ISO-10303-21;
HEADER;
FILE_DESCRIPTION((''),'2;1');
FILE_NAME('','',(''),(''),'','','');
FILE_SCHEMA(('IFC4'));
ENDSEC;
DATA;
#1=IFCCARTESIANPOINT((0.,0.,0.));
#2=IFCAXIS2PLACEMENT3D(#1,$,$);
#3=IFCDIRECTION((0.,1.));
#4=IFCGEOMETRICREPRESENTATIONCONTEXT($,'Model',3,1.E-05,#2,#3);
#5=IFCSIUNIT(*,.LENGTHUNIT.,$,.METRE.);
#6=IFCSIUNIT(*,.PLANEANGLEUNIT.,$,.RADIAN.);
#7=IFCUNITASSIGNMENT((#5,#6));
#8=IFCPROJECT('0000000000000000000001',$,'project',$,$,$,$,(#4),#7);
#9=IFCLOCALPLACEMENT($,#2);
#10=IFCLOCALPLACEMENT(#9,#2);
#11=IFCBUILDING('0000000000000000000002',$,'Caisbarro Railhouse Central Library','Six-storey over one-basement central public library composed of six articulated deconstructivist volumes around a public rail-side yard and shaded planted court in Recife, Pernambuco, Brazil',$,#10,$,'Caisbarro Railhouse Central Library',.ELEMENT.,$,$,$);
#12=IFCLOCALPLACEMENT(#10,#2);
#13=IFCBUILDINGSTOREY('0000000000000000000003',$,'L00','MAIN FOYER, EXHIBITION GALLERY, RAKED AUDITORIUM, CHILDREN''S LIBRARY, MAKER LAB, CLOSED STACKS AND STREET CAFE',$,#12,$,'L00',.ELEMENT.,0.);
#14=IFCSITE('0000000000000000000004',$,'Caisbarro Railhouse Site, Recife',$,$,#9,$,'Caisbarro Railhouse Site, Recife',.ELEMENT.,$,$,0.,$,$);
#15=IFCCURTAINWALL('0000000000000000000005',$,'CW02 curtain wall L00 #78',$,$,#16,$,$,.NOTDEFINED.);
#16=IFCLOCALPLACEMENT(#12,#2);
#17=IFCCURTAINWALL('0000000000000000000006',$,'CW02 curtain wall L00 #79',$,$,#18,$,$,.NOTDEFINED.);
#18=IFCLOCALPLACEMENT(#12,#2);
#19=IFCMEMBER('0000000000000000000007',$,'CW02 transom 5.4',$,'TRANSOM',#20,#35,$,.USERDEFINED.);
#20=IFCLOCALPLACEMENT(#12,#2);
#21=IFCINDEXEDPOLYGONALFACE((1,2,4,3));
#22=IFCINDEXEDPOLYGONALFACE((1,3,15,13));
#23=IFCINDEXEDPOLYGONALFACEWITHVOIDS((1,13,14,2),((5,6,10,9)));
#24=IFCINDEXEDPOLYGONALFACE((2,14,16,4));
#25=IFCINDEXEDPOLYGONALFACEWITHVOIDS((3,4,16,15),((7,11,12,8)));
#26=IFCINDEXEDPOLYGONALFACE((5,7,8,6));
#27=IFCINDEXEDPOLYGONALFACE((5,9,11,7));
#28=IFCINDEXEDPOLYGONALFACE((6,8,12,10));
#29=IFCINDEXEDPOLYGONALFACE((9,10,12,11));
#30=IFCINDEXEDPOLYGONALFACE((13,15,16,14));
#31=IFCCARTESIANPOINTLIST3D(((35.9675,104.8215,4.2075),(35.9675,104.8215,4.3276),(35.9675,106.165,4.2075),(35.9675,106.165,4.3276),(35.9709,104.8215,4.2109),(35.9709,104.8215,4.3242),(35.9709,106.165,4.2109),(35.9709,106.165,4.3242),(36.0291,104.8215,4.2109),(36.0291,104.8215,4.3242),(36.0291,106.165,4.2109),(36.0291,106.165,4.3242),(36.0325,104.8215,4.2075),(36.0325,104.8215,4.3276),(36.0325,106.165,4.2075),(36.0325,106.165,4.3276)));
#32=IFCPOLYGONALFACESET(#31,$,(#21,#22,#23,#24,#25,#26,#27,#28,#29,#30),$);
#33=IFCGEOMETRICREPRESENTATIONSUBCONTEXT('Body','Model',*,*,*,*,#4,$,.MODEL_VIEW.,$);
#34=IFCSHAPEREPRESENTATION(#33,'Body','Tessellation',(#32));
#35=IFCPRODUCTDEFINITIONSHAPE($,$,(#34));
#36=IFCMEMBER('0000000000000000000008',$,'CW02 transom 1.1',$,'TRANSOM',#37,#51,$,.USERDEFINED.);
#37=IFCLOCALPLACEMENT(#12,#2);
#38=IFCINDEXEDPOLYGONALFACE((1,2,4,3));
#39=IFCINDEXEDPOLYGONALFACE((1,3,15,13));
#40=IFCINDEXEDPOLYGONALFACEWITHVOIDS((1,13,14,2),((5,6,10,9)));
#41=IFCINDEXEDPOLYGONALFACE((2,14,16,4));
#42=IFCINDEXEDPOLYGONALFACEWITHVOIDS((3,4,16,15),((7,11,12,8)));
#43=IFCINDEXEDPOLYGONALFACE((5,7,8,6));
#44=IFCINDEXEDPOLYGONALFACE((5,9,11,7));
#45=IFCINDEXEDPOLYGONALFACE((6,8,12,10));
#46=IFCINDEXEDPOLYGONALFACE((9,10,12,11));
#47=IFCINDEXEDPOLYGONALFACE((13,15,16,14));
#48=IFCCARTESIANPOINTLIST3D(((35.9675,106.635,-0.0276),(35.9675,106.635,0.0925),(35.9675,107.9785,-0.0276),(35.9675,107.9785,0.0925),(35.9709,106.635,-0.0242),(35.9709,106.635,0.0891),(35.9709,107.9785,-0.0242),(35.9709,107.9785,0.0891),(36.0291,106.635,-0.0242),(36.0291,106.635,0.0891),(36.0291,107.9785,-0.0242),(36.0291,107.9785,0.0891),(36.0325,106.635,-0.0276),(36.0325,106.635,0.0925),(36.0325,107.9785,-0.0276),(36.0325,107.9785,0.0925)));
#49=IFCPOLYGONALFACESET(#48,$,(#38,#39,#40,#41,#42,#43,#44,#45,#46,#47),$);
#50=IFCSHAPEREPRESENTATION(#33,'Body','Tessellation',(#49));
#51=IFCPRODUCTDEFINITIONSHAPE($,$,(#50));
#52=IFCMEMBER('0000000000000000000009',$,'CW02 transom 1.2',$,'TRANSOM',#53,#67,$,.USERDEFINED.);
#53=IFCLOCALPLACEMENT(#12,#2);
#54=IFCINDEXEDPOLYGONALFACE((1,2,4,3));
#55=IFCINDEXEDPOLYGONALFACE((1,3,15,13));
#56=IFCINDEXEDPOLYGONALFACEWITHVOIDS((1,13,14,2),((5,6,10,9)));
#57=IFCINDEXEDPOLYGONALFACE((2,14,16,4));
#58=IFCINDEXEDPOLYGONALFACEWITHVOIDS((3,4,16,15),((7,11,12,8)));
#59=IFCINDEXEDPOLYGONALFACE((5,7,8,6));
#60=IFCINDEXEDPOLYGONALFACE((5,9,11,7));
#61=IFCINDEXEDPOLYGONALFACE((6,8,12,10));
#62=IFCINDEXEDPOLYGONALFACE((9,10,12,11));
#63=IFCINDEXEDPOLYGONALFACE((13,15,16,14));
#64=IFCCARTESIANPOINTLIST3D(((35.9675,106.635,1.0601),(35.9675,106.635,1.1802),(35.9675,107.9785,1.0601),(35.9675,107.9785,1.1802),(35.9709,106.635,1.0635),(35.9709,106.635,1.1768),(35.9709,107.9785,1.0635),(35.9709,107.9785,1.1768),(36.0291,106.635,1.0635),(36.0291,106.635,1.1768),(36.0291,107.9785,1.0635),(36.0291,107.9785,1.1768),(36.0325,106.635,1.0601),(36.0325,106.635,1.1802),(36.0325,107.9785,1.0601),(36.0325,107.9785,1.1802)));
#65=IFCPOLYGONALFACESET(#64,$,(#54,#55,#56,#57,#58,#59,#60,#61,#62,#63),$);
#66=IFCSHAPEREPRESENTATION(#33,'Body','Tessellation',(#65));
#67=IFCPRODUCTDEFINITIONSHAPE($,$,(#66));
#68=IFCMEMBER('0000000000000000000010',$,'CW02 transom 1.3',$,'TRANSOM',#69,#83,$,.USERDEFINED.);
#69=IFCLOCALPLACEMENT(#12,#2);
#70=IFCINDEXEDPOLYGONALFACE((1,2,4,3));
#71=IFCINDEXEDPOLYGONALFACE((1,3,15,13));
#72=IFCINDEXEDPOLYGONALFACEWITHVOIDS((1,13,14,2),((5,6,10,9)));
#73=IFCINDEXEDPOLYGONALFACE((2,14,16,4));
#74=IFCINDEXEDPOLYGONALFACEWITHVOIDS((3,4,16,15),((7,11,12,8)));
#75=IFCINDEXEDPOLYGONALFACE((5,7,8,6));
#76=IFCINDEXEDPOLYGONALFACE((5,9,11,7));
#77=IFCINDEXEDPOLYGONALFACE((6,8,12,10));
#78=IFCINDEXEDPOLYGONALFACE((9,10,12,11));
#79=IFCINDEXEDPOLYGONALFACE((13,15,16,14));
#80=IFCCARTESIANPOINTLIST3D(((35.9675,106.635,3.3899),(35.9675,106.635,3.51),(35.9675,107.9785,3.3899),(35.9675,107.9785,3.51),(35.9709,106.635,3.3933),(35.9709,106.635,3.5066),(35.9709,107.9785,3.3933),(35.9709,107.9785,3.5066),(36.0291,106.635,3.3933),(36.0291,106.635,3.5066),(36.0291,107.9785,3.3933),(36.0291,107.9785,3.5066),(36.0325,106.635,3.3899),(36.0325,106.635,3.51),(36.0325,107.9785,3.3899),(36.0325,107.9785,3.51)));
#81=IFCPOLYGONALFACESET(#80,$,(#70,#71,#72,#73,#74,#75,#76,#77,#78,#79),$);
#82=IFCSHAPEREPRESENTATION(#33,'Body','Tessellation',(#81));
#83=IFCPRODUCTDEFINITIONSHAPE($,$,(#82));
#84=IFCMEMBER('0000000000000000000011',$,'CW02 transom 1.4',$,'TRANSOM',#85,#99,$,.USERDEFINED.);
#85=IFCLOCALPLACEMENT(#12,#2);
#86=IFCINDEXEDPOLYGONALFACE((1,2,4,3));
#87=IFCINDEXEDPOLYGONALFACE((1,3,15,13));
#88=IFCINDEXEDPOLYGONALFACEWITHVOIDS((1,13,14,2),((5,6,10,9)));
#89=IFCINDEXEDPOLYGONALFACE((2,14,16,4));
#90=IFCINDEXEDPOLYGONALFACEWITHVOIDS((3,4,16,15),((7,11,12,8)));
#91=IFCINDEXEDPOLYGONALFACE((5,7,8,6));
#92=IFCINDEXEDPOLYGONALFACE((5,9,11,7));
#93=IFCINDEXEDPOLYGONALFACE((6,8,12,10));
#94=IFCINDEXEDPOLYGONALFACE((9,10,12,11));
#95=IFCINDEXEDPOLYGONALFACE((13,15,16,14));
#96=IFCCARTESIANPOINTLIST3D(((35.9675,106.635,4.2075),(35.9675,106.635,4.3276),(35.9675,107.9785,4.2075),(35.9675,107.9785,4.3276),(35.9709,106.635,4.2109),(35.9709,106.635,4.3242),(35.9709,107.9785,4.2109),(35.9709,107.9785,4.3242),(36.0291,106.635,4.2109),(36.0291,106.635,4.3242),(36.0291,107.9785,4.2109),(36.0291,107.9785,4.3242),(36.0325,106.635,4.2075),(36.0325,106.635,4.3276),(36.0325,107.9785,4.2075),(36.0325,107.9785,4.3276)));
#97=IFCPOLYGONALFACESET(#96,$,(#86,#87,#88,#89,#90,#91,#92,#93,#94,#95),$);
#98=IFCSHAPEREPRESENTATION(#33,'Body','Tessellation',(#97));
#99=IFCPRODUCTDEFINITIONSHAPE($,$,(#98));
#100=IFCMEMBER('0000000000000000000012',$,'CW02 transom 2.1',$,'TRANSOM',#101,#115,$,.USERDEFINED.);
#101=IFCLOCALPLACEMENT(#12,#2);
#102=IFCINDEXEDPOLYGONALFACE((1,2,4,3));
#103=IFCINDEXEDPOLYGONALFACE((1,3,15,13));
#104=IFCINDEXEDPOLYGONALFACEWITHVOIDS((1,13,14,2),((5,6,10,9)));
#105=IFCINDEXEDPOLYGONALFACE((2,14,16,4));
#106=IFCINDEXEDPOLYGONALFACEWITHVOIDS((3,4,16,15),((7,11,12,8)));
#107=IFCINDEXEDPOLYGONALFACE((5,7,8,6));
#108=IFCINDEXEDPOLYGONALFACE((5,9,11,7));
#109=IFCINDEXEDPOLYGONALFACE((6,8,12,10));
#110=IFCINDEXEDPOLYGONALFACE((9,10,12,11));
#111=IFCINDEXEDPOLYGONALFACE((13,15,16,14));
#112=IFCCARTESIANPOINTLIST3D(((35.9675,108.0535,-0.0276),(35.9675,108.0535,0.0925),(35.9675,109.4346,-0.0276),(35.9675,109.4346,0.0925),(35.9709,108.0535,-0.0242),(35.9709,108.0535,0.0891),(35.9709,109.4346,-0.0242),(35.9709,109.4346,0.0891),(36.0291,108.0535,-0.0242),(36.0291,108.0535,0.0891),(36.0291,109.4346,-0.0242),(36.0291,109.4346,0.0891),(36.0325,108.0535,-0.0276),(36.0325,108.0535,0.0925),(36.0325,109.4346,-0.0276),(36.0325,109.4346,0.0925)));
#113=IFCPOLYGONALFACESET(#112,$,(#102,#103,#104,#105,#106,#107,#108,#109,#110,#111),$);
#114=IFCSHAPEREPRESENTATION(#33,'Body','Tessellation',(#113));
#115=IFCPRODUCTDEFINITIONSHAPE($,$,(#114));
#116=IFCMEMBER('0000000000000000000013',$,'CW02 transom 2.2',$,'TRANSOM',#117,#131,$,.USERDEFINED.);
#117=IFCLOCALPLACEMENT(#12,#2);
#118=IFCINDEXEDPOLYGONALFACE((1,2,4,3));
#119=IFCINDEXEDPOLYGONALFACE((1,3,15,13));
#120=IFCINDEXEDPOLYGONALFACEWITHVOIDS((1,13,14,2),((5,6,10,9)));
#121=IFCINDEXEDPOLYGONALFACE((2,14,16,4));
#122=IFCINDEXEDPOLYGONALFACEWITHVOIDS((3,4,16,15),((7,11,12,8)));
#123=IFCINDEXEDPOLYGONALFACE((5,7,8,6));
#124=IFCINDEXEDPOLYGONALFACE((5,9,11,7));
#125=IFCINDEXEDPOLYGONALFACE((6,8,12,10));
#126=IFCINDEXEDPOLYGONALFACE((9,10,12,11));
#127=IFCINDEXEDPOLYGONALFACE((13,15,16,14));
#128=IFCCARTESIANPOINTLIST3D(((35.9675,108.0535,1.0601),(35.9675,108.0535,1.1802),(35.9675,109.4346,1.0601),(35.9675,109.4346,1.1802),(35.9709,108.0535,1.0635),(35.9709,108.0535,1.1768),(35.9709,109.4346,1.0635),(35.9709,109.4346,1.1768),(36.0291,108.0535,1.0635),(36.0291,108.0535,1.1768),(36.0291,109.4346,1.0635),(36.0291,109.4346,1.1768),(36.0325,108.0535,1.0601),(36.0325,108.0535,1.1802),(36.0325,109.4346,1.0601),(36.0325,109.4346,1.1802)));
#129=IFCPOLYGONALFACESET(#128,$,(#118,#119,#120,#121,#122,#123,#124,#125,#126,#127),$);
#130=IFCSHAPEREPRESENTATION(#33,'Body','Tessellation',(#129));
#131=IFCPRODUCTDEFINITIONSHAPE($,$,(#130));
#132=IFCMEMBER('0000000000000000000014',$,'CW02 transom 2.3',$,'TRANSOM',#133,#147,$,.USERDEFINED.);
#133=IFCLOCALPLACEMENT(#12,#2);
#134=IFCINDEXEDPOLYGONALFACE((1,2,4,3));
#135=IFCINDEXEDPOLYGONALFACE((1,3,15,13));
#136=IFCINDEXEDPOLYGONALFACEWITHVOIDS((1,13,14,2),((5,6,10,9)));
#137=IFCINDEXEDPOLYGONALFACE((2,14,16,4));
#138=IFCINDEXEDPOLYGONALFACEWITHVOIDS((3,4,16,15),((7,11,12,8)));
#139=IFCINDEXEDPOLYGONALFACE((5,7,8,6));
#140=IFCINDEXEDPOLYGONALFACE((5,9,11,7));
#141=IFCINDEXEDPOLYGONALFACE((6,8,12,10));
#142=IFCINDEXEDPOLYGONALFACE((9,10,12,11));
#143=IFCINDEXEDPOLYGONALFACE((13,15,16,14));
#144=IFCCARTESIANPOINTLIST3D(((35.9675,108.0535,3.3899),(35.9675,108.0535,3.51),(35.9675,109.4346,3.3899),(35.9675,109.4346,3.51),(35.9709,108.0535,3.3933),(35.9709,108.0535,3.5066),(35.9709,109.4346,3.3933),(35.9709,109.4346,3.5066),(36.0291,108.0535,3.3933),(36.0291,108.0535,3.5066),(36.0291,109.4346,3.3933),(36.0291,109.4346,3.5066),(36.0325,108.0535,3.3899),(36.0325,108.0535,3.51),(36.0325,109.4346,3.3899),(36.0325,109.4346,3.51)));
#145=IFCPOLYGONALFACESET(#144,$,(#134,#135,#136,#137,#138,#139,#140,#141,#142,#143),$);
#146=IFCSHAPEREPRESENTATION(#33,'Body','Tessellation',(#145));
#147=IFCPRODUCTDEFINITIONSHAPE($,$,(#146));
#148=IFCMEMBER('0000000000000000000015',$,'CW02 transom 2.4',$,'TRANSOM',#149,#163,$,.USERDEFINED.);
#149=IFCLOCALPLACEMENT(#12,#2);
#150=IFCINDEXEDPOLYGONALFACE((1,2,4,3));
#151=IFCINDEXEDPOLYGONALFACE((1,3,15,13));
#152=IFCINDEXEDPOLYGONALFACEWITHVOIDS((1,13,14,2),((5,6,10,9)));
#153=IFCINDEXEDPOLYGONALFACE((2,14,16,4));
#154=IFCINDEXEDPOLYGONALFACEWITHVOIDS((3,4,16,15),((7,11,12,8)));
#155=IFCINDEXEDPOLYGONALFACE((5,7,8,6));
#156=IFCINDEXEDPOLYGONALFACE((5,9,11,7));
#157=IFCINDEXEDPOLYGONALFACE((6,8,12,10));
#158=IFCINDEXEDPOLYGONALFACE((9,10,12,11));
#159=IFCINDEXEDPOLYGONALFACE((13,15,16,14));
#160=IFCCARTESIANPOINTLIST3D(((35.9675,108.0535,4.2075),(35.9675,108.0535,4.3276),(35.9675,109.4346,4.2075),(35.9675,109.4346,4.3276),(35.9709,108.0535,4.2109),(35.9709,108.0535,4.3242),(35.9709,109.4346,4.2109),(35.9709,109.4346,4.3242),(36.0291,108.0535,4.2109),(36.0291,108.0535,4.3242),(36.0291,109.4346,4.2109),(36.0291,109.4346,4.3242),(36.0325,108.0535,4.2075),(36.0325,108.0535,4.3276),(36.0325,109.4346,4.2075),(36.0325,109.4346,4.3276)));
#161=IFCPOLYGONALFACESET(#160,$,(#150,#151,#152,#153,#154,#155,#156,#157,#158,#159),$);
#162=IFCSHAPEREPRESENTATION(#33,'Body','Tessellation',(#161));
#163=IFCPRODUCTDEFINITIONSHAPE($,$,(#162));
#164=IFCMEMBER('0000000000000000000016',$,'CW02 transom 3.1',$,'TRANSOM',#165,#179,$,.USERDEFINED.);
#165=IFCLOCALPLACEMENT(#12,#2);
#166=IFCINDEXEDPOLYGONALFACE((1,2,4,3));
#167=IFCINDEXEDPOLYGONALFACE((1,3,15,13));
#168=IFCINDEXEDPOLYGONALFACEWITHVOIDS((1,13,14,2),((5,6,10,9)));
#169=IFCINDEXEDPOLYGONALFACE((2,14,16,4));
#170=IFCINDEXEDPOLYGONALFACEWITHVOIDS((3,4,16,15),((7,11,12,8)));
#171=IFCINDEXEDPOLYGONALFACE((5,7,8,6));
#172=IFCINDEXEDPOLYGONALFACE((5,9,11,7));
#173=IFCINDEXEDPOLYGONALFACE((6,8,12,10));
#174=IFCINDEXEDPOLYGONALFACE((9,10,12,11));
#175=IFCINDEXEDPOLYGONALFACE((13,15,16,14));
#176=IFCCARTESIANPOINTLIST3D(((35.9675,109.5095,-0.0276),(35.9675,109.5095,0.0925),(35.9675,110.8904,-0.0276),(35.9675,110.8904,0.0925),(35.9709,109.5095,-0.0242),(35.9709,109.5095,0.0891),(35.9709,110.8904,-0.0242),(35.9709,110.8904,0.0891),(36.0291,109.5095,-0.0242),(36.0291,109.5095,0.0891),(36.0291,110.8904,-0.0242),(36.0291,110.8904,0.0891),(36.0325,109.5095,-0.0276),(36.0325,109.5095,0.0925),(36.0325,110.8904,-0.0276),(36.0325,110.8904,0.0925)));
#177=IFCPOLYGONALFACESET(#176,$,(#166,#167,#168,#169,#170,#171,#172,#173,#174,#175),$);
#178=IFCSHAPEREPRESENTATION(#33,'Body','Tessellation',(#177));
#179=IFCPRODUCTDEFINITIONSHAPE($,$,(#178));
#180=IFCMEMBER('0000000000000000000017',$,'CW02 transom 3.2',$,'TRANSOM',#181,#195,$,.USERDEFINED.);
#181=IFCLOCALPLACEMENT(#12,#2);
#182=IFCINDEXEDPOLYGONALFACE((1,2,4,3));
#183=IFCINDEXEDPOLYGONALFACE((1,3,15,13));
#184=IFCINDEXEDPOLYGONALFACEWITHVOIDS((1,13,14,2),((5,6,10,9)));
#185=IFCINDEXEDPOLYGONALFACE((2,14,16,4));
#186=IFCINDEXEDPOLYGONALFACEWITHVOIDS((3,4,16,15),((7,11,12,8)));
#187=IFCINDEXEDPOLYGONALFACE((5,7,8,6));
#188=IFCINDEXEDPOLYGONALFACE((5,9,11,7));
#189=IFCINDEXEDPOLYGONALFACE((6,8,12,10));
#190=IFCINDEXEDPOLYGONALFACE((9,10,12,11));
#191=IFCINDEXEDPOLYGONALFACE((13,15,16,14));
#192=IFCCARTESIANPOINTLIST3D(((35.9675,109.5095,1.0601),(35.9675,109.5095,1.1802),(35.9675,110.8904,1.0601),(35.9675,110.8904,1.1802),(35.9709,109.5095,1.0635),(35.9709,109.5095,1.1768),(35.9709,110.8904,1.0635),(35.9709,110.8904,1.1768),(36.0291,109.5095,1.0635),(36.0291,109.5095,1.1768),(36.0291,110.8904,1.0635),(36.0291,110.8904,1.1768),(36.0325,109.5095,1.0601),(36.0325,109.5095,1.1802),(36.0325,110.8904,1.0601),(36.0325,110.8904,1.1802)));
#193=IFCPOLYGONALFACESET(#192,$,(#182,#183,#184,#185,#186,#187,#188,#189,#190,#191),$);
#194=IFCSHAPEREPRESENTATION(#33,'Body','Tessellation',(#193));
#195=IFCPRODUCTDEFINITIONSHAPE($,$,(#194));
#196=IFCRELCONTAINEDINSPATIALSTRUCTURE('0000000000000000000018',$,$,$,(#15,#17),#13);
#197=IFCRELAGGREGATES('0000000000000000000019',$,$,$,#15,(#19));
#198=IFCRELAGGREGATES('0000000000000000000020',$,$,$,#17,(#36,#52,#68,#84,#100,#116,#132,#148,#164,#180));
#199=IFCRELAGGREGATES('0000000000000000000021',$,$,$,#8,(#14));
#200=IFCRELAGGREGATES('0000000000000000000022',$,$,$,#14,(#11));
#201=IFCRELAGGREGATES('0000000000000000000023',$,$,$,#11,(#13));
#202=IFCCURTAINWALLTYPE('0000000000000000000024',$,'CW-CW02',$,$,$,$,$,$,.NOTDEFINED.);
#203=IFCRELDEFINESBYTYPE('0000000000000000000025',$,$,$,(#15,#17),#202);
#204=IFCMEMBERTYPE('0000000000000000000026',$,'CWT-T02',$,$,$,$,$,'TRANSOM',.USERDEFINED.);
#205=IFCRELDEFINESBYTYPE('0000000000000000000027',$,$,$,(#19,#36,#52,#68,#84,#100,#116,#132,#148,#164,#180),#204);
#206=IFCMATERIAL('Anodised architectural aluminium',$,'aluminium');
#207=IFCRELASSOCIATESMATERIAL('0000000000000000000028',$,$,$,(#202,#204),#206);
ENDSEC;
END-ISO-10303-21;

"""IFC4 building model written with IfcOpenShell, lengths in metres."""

from ifc_helpers import new_model, si_unit, direction, frame, origin, origin_2d, place, context, subcontext, project, spatial, hollow_rectangle, extrude, material, material_profile, profile_set, type_object, element, aggregate, save


model = new_model("IFC4")

# Units and contexts
model_context = context("Model", 3, precision=1e-05, world=origin(), true_north=direction((0.0, 1.0)))
body_context = subcontext(model_context, "Body", "Model", "MODEL_VIEW")
ifc_project = project(units=[si_unit("LENGTHUNIT", "METRE"), si_unit("PLANEANGLEUNIT", "RADIAN")], contexts=[model_context])

# Site, building, storey
site_placement = place(None, origin())
site = spatial("IfcSite", under=ifc_project, at=site_placement, Name="Caisbarro Railhouse Site, Recife", LongName="Caisbarro Railhouse Site, Recife", CompositionType="ELEMENT", RefElevation=0.0)
building_placement = place(site_placement, origin())
building = spatial("IfcBuilding", under=site, at=building_placement, Name="Caisbarro Railhouse Central Library", Description="Six-storey over one-basement central public library composed of six articulated deconstructivist volumes around a public rail-side yard and shaded planted court in Recife, Pernambuco, Brazil", LongName="Caisbarro Railhouse Central Library", CompositionType="ELEMENT")
storey_placement = place(building_placement, origin())
storey = spatial("IfcBuildingStorey", under=building, at=storey_placement, Name="L00", Description="MAIN FOYER, EXHIBITION GALLERY, RAKED AUDITORIUM, CHILDREN'S LIBRARY, MAKER LAB, CLOSED STACKS AND STREET CAFE", LongName="L00", CompositionType="ELEMENT", Elevation=0.0)

# Curtain wall
ifc_material_1 = material(Name="Anodised architectural aluminium", Category="aluminium")
curtain_wall_type = type_object("IfcCurtainWallType", Name="CW-CW02", PredefinedType="NOTDEFINED", material=ifc_material_1)
curtain_wall_1_placement = place(storey_placement, origin())
curtain_wall_1 = element("IfcCurtainWall", 1, at=curtain_wall_1_placement, inside=storey, type_object=curtain_wall_type, Name="CW02 curtain wall L00 #78", PredefinedType="NOTDEFINED")

# Curtain wall
curtain_wall_2_placement = place(storey_placement, origin())
curtain_wall_2 = element("IfcCurtainWall", 2, at=curtain_wall_2_placement, inside=storey, type_object=curtain_wall_type, Name="CW02 curtain wall L00 #79", PredefinedType="NOTDEFINED")

# Members
ifc_material_profile_1 = material_profile(ifc_material_1, hollow_rectangle(XDim=0.0649, YDim=0.1201, WallThickness=0.0034, at=origin_2d()), Name="ALU-TRN-65X120")
ifc_profile_set_1 = profile_set([ifc_material_profile_1], Name="Anodised architectural aluminium")
member_type_1 = type_object("IfcMemberType", Name="CWT-T02", ElementType="TRANSOM", PredefinedType="USERDEFINED", material=ifc_profile_set_1)
member_1_placement = place(storey_placement, frame((36.0, 104.8215, 4.2676), z_axis=(0.0, 1.0, 0.0), x_axis=(-1.0, 0.0, 0.0)))
member_1 = element("IfcMember", 3, at=member_1_placement, type_object=member_type_1, Name="CW02 transom 5.4", ObjectType="TRANSOM", PredefinedType="USERDEFINED", context=body_context, shape_type="SweptSolid", body=[
    extrude(hollow_rectangle(XDim=0.0649, YDim=0.1201, WallThickness=0.0034, at=origin_2d()), origin(), (0.0, 0.0, 1.0), 1.3435),
])
member_2_placement = place(storey_placement, frame((36.0, 106.635, 0.0325), z_axis=(0.0, 1.0, 0.0), x_axis=(-1.0, 0.0, 0.0)))
member_2 = element("IfcMember", 4, at=member_2_placement, type_object=member_type_1, Name="CW02 transom 1.1", ObjectType="TRANSOM", PredefinedType="USERDEFINED", context=body_context, shape_type="SweptSolid", body=[
    extrude(hollow_rectangle(XDim=0.0649, YDim=0.1201, WallThickness=0.0034, at=origin_2d()), origin(), (0.0, 0.0, 1.0), 1.3435),
])
member_3_placement = place(storey_placement, frame((36.0, 106.635, 1.1201), z_axis=(0.0, 1.0, 0.0), x_axis=(-1.0, 0.0, 0.0)))
member_3 = element("IfcMember", 5, at=member_3_placement, type_object=member_type_1, Name="CW02 transom 1.2", ObjectType="TRANSOM", PredefinedType="USERDEFINED", context=body_context, shape_type="SweptSolid", body=[
    extrude(hollow_rectangle(XDim=0.0649, YDim=0.1201, WallThickness=0.0034, at=origin_2d()), origin(), (0.0, 0.0, 1.0), 1.3435),
])
member_4_placement = place(storey_placement, frame((36.0, 106.635, 3.45), z_axis=(0.0, 1.0, 0.0), x_axis=(-1.0, 0.0, 0.0)))
member_4 = element("IfcMember", 6, at=member_4_placement, type_object=member_type_1, Name="CW02 transom 1.3", ObjectType="TRANSOM", PredefinedType="USERDEFINED", context=body_context, shape_type="SweptSolid", body=[
    extrude(hollow_rectangle(XDim=0.0649, YDim=0.1201, WallThickness=0.0034, at=origin_2d()), origin(), (0.0, 0.0, 1.0), 1.3435),
])
member_5_placement = place(storey_placement, frame((36.0, 106.635, 4.2676), z_axis=(0.0, 1.0, 0.0), x_axis=(-1.0, 0.0, 0.0)))
member_5 = element("IfcMember", 7, at=member_5_placement, type_object=member_type_1, Name="CW02 transom 1.4", ObjectType="TRANSOM", PredefinedType="USERDEFINED", context=body_context, shape_type="SweptSolid", body=[
    extrude(hollow_rectangle(XDim=0.0649, YDim=0.1201, WallThickness=0.0034, at=origin_2d()), origin(), (0.0, 0.0, 1.0), 1.3435),
])
member_6_placement = place(storey_placement, frame((36.0, 108.0535, 0.0325), z_axis=(0.0, 1.0, 0.0), x_axis=(-1.0, 0.0, 0.0)))
member_6 = element("IfcMember", 8, at=member_6_placement, type_object=member_type_1, Name="CW02 transom 2.1", ObjectType="TRANSOM", PredefinedType="USERDEFINED", context=body_context, shape_type="SweptSolid", body=[
    extrude(hollow_rectangle(XDim=0.0649, YDim=0.1201, WallThickness=0.0034, at=origin_2d()), origin(), (0.0, 0.0, 1.0), 1.3811),
])
member_7_placement = place(storey_placement, frame((36.0, 108.0535, 1.1201), z_axis=(0.0, 1.0, 0.0), x_axis=(-1.0, 0.0, 0.0)))
member_7 = element("IfcMember", 9, at=member_7_placement, type_object=member_type_1, Name="CW02 transom 2.2", ObjectType="TRANSOM", PredefinedType="USERDEFINED", context=body_context, shape_type="SweptSolid", body=[
    extrude(hollow_rectangle(XDim=0.0649, YDim=0.1201, WallThickness=0.0034, at=origin_2d()), origin(), (0.0, 0.0, 1.0), 1.3811),
])
member_8_placement = place(storey_placement, frame((36.0, 108.0535, 3.45), z_axis=(0.0, 1.0, 0.0), x_axis=(-1.0, 0.0, 0.0)))
member_8 = element("IfcMember", 10, at=member_8_placement, type_object=member_type_1, Name="CW02 transom 2.3", ObjectType="TRANSOM", PredefinedType="USERDEFINED", context=body_context, shape_type="SweptSolid", body=[
    extrude(hollow_rectangle(XDim=0.0649, YDim=0.1201, WallThickness=0.0034, at=origin_2d()), origin(), (0.0, 0.0, 1.0), 1.3811),
])
member_9_placement = place(storey_placement, frame((36.0, 108.0535, 4.2676), z_axis=(0.0, 1.0, 0.0), x_axis=(-1.0, 0.0, 0.0)))
member_9 = element("IfcMember", 11, at=member_9_placement, type_object=member_type_1, Name="CW02 transom 2.4", ObjectType="TRANSOM", PredefinedType="USERDEFINED", context=body_context, shape_type="SweptSolid", body=[
    extrude(hollow_rectangle(XDim=0.0649, YDim=0.1201, WallThickness=0.0034, at=origin_2d()), origin(), (0.0, 0.0, 1.0), 1.3811),
])
member_10_placement = place(storey_placement, frame((36.0, 109.5095, 0.0325), z_axis=(0.0, 1.0, 0.0), x_axis=(-1.0, 0.0, 0.0)))
member_10 = element("IfcMember", 12, at=member_10_placement, type_object=member_type_1, Name="CW02 transom 3.1", ObjectType="TRANSOM", PredefinedType="USERDEFINED", context=body_context, shape_type="SweptSolid", body=[
    extrude(hollow_rectangle(XDim=0.0649, YDim=0.1201, WallThickness=0.0034, at=origin_2d()), origin(), (0.0, 0.0, 1.0), 1.3809),
])
member_11_placement = place(storey_placement, frame((36.0, 109.5095, 1.1201), z_axis=(0.0, 1.0, 0.0), x_axis=(-1.0, 0.0, 0.0)))
member_11 = element("IfcMember", 13, at=member_11_placement, type_object=member_type_1, Name="CW02 transom 3.2", ObjectType="TRANSOM", PredefinedType="USERDEFINED", context=body_context, shape_type="SweptSolid", body=[
    extrude(hollow_rectangle(XDim=0.0649, YDim=0.1201, WallThickness=0.0034, at=origin_2d()), origin(), (0.0, 0.0, 1.0), 1.3809),
])

aggregate(curtain_wall_1, [member_1])
aggregate(curtain_wall_2, [member_2, member_3, member_4, member_5, member_6, member_7, member_8, member_9, member_10, member_11])

save(model, "model.ifc")
